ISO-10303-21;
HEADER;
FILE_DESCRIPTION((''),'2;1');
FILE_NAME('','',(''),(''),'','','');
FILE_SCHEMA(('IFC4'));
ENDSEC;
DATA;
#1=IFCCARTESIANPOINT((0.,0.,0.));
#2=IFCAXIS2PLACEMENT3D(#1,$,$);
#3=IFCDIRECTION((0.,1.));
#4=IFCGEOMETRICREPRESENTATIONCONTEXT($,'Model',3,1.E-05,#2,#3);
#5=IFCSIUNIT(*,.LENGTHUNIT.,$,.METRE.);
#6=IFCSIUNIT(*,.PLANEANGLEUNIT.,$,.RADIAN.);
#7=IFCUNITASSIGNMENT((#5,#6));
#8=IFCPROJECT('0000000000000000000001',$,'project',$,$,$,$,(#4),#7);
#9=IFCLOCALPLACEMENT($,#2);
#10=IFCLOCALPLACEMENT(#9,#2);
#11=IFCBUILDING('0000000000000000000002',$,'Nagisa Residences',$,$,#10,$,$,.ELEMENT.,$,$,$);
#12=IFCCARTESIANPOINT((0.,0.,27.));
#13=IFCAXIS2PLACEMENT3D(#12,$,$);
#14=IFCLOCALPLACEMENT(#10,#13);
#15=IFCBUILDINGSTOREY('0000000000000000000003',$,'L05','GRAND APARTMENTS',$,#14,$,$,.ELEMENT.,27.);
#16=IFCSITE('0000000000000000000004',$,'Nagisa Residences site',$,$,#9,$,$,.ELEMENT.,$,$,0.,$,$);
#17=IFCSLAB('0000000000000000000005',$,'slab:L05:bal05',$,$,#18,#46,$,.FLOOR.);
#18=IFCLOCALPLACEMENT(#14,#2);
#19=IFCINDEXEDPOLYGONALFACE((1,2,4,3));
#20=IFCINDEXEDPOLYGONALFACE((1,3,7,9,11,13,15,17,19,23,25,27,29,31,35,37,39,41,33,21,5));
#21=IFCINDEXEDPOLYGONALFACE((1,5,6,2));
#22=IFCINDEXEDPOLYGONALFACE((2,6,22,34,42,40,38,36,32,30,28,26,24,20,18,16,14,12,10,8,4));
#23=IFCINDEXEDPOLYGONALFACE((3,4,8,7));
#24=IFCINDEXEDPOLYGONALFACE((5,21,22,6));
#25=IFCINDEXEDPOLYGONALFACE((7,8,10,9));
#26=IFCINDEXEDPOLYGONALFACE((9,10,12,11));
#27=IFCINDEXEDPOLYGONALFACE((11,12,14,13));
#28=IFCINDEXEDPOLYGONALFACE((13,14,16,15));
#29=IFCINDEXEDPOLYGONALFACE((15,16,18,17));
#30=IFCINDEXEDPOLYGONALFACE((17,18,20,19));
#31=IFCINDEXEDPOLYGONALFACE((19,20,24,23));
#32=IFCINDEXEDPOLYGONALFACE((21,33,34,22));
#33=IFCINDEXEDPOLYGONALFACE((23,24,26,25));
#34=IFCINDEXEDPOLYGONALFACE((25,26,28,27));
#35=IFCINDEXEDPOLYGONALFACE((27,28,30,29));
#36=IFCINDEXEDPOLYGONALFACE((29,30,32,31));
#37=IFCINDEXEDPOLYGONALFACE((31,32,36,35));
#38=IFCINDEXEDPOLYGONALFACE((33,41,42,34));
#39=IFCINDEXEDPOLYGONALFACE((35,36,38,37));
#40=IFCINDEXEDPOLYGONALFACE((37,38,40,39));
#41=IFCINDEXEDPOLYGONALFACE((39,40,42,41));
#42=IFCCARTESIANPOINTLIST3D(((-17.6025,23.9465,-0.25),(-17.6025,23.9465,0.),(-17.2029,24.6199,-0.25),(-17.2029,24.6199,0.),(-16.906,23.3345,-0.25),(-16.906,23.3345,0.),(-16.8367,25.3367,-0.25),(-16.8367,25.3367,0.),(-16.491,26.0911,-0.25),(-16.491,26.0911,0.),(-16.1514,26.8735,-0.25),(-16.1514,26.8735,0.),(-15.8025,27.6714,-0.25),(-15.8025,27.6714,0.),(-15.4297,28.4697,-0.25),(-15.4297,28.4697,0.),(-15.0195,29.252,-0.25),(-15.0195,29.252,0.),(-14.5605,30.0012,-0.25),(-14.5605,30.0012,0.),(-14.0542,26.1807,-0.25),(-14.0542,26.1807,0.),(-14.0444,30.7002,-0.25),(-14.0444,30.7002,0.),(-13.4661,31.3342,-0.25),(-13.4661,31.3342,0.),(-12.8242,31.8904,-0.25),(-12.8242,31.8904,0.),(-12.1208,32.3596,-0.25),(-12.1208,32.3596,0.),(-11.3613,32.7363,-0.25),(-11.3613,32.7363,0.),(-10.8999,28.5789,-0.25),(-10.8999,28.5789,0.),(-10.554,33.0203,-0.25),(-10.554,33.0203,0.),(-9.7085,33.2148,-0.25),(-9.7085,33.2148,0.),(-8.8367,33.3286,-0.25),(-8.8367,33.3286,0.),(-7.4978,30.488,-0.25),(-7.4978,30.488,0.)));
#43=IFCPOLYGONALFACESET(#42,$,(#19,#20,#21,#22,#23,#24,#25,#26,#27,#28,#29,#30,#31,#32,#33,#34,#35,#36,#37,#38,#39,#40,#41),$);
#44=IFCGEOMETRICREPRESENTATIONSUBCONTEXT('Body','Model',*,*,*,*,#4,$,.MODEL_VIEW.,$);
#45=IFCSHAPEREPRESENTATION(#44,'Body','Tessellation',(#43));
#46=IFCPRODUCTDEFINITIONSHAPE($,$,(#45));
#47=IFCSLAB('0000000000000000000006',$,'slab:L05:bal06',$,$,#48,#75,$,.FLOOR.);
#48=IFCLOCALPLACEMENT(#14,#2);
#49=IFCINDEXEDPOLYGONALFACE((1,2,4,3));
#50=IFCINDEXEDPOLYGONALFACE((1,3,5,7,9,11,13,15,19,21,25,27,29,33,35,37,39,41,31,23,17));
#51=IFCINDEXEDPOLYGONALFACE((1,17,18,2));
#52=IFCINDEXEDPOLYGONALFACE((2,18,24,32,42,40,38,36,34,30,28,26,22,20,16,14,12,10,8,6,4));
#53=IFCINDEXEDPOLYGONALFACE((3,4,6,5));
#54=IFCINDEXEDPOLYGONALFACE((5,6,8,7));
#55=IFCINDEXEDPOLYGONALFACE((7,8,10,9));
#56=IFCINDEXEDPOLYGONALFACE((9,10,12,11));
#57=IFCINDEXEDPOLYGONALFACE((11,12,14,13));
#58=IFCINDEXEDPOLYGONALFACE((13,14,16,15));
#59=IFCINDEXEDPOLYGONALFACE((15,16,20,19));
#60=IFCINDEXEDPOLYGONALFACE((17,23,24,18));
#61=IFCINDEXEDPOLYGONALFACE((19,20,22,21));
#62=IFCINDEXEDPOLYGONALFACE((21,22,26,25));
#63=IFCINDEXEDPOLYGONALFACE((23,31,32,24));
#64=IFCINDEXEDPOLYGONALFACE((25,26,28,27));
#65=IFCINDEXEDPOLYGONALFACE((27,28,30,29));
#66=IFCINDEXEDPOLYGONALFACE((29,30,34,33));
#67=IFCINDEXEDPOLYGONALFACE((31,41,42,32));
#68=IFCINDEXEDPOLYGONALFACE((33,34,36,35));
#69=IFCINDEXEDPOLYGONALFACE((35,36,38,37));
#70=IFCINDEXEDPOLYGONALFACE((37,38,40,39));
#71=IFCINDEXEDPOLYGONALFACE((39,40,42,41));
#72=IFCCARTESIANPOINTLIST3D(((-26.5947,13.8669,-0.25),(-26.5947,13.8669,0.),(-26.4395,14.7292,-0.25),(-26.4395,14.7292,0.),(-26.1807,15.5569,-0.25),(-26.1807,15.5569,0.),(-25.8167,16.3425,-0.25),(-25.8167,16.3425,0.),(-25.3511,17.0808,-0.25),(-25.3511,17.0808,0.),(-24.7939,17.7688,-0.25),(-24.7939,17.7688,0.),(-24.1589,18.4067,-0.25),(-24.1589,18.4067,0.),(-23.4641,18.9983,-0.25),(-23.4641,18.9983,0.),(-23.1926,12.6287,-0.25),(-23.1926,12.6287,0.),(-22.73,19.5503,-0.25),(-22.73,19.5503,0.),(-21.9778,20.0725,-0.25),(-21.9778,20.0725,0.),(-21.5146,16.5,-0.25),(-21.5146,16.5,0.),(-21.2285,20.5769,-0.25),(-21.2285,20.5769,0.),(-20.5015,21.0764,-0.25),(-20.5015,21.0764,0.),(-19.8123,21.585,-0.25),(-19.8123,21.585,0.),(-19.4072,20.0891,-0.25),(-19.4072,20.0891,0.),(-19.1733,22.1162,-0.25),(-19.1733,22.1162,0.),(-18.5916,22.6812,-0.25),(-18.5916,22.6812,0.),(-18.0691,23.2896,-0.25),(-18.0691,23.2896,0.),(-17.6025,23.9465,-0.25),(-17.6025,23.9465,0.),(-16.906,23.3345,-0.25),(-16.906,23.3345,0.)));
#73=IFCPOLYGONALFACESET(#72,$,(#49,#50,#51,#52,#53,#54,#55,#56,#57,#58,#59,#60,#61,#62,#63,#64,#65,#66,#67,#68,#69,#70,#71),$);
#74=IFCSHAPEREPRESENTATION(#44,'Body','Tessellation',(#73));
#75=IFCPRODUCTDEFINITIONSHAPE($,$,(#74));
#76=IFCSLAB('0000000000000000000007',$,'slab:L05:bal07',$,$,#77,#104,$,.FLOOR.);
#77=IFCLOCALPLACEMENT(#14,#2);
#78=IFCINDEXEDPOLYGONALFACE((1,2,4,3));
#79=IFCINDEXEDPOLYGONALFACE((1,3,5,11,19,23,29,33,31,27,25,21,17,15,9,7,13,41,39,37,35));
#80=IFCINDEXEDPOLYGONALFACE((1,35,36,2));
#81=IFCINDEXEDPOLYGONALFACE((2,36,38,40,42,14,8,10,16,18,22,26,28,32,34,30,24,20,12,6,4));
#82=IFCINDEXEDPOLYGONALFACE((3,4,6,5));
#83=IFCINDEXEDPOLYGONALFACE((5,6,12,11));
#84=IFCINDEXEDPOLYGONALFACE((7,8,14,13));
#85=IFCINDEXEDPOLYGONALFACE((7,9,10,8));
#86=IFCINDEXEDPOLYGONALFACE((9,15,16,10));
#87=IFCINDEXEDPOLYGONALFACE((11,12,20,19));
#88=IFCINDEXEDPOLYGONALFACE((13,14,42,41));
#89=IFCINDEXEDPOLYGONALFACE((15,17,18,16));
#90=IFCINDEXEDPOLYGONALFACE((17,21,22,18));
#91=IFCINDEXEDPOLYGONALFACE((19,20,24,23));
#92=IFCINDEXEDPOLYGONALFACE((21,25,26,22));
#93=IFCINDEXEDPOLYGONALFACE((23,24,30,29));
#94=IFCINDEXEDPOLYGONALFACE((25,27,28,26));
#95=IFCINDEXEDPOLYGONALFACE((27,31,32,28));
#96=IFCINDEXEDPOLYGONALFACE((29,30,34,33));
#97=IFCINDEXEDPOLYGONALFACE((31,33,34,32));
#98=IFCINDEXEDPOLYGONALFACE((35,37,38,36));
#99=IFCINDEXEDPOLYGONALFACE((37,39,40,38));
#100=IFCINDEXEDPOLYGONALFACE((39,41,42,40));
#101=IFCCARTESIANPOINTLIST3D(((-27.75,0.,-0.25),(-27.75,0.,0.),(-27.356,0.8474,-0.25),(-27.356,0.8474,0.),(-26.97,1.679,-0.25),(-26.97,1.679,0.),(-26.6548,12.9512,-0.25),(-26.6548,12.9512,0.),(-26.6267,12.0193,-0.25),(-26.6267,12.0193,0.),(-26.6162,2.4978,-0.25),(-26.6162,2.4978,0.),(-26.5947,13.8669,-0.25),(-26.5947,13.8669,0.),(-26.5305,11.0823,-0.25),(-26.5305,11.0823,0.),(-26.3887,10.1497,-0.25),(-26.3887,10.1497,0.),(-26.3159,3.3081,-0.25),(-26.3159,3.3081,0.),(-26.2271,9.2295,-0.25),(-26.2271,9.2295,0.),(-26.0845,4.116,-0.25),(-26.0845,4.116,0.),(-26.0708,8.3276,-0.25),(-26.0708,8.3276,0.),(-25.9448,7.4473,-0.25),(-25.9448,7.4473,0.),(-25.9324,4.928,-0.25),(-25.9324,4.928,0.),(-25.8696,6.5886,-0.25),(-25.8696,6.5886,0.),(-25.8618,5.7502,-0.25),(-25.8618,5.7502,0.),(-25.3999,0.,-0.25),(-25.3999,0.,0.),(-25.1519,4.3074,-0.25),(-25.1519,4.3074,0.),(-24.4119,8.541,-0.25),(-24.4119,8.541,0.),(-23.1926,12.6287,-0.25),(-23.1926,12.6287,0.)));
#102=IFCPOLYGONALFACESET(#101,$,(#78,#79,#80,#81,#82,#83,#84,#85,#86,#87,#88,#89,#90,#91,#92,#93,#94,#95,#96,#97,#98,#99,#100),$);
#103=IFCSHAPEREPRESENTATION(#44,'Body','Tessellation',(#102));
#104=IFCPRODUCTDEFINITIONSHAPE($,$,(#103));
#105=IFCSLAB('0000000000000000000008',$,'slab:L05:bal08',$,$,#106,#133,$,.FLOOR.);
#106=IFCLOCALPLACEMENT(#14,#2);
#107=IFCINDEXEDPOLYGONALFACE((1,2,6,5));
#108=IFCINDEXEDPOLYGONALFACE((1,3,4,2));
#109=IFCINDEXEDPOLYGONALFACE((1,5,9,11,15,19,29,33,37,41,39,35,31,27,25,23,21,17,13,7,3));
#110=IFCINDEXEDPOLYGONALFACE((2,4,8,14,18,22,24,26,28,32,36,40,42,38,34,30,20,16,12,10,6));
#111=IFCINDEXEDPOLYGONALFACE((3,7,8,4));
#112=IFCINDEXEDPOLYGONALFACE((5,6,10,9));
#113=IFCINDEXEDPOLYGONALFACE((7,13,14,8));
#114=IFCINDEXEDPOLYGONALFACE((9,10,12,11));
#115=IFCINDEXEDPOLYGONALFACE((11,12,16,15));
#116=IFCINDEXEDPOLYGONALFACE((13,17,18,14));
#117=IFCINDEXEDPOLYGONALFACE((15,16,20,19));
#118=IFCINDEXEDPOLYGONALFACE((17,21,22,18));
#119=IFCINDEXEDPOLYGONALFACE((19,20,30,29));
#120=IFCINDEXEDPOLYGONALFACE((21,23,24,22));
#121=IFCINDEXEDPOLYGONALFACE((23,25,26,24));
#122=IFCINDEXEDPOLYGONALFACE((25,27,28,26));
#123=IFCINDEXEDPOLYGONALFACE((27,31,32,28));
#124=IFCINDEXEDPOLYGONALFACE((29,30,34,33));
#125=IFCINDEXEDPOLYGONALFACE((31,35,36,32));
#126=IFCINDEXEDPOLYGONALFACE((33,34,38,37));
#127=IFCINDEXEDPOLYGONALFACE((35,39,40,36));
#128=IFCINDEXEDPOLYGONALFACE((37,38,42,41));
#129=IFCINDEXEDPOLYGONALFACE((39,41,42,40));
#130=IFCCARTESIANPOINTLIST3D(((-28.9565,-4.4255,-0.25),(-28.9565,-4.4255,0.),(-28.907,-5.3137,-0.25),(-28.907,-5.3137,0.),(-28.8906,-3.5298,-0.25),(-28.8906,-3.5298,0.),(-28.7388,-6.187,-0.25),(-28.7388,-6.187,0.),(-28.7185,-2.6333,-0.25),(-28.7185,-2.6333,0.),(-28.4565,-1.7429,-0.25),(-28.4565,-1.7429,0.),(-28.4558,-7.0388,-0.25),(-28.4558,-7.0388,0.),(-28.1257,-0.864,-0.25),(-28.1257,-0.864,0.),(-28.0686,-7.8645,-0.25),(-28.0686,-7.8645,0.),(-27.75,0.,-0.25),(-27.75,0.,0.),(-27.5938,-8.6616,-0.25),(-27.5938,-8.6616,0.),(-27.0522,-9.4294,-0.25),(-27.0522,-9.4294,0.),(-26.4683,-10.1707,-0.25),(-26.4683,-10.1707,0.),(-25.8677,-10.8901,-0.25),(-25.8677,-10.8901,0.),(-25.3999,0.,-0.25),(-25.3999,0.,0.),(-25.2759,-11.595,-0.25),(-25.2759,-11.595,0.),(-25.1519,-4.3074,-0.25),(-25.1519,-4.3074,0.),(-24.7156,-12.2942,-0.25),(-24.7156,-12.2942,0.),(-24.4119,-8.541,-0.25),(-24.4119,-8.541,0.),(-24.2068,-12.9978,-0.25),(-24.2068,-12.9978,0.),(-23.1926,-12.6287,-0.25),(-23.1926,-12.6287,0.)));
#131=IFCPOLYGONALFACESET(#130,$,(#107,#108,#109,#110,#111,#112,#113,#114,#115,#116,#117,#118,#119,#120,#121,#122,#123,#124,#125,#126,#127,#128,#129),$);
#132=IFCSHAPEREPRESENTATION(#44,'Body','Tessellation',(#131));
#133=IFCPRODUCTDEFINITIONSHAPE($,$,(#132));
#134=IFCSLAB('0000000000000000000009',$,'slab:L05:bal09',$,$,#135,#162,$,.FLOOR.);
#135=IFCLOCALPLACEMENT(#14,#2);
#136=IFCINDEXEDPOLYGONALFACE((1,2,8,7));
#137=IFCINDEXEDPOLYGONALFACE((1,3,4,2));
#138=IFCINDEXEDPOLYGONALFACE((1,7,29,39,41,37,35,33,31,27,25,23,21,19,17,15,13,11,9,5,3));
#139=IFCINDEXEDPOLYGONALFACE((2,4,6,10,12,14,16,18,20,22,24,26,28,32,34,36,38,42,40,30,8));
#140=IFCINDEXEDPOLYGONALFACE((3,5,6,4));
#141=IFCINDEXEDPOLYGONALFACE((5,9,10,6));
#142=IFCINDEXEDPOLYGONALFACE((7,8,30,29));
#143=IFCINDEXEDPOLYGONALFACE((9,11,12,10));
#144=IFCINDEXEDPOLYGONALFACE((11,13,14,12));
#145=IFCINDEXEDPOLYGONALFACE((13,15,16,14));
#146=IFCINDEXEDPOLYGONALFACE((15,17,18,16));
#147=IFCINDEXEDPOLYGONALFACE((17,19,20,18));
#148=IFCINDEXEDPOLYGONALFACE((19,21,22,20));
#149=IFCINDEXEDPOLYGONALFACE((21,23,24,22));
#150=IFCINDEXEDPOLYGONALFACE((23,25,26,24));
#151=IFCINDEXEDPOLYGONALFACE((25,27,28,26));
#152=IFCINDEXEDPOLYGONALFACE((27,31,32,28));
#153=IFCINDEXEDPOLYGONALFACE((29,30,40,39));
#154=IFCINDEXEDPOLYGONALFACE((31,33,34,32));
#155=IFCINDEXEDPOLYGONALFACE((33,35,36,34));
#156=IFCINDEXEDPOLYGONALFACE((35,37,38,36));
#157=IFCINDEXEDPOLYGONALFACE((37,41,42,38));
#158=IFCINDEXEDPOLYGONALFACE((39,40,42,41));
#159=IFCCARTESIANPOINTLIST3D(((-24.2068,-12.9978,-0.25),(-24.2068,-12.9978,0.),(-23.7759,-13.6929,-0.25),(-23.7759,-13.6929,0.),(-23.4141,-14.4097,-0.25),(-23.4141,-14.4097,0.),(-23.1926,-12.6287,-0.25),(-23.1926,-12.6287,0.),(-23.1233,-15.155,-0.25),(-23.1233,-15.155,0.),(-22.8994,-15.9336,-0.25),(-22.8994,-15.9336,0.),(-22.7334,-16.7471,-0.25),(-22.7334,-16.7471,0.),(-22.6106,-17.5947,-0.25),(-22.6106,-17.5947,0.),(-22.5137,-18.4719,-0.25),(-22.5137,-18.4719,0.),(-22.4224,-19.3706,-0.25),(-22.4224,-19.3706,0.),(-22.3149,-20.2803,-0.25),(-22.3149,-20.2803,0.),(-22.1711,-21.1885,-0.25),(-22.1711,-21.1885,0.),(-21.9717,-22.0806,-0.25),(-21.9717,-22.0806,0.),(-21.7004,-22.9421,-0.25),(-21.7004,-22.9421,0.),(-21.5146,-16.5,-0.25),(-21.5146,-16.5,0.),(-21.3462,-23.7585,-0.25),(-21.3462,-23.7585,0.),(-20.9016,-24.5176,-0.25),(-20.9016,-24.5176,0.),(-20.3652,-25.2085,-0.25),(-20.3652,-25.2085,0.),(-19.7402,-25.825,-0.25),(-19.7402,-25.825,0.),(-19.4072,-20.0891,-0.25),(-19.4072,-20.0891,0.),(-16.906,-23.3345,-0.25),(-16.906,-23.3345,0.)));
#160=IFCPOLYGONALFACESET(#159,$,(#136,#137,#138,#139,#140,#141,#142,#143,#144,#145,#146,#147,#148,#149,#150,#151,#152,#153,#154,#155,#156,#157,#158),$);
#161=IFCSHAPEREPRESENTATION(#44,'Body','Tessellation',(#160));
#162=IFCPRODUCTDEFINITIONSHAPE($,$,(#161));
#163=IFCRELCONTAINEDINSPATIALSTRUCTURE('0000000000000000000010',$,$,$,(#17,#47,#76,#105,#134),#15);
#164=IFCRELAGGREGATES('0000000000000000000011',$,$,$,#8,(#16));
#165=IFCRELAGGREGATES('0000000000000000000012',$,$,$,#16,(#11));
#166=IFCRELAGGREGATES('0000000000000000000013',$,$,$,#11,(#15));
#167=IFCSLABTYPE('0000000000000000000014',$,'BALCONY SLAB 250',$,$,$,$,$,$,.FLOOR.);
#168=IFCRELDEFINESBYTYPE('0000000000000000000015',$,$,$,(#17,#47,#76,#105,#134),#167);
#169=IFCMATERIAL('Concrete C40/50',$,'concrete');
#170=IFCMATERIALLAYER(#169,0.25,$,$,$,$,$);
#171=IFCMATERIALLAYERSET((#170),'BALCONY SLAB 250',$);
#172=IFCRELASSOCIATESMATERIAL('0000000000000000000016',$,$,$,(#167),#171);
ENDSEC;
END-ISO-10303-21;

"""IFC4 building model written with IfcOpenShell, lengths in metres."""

from ifc_helpers import new_model, si_unit, direction, frame, origin, place, context, subcontext, project, spatial, polyline, outline, extrude, material, layer, layer_set, type_object, element, save


model = new_model("IFC4")

# Units and contexts
model_context = context("Model", 3, precision=1e-05, world=origin(), true_north=direction((0.0, 1.0)))
body_context = subcontext(model_context, "Body", "Model", "MODEL_VIEW")
ifc_project = project(units=[si_unit("LENGTHUNIT", "METRE"), si_unit("PLANEANGLEUNIT", "RADIAN")], contexts=[model_context])

# Site, building, storey
site_placement = place(None, origin())
site = spatial("IfcSite", under=ifc_project, at=site_placement, Name="Nagisa Residences site", CompositionType="ELEMENT", RefElevation=0.0)
building_placement = place(site_placement, origin())
building = spatial("IfcBuilding", under=site, at=building_placement, Name="Nagisa Residences", CompositionType="ELEMENT")
storey_placement = place(building_placement, frame((0.0, 0.0, 27.0)))
storey = spatial("IfcBuildingStorey", under=building, at=storey_placement, Name="L05", Description="GRAND APARTMENTS", CompositionType="ELEMENT", Elevation=27.0)

# Slabs
ifc_material_1 = material(Name="Concrete C40/50", Category="concrete")
ifc_layer_1 = layer(ifc_material_1, 0.25)
ifc_layer_set_1 = layer_set([ifc_layer_1], Name="BALCONY SLAB 250")
slab_type_1 = type_object("IfcSlabType", Name="BALCONY SLAB 250", PredefinedType="FLOOR", material=ifc_layer_set_1)
slab_1_placement = place(storey_placement, frame((0.0, 0.0, -0.25)))
element("IfcSlab", 1, at=slab_1_placement, inside=storey, type_object=slab_type_1, Name="slab:L05:bal05", PredefinedType="FLOOR", context=body_context, shape_type="SweptSolid", body=[
    extrude(outline(polyline([(-8.8367, 33.3286), (-9.7085, 33.2148), (-10.554, 33.0203), (-11.3613, 32.7363), (-12.1208, 32.3596), (-12.8242, 31.8904), (-13.4661, 31.3342), (-14.0444, 30.7002), (-14.5605, 30.0012), (-15.0195, 29.252), (-15.4297, 28.4697), (-15.8025, 27.6714), (-16.1514, 26.8735), (-16.491, 26.0911), (-16.8367, 25.3367), (-17.2029, 24.6199), (-17.6025, 23.9465), (-16.906, 23.3345), (-14.0542, 26.1807), (-10.8999, 28.5789), (-7.4978, 30.488), (-8.8367, 33.3286)])), origin(), (0.0, 0.0, 1.0), 0.25),
])
slab_2_placement = place(storey_placement, frame((0.0, 0.0, -0.25)))
element("IfcSlab", 2, at=slab_2_placement, inside=storey, type_object=slab_type_1, Name="slab:L05:bal06", PredefinedType="FLOOR", context=body_context, shape_type="SweptSolid", body=[
    extrude(outline(polyline([(-17.6025, 23.9465), (-18.0691, 23.2896), (-18.5916, 22.6812), (-19.1733, 22.1162), (-19.8123, 21.585), (-20.5015, 21.0764), (-21.2285, 20.5769), (-21.9778, 20.0725), (-22.73, 19.5503), (-23.4641, 18.9983), (-24.1589, 18.4067), (-24.7939, 17.7688), (-25.3511, 17.0808), (-25.8167, 16.3425), (-26.1807, 15.5569), (-26.4395, 14.7292), (-26.5947, 13.8669), (-23.1926, 12.6287), (-21.5146, 16.5), (-19.4072, 20.0891), (-16.906, 23.3345), (-17.6025, 23.9465)])), origin(), (0.0, 0.0, 1.0), 0.25),
])
slab_3_placement = place(storey_placement, frame((0.0, 0.0, -0.25)))
element("IfcSlab", 3, at=slab_3_placement, inside=storey, type_object=slab_type_1, Name="slab:L05:bal07", PredefinedType="FLOOR", context=body_context, shape_type="SweptSolid", body=[
    extrude(outline(polyline([(-26.5947, 13.8669), (-26.6548, 12.9512), (-26.6267, 12.0193), (-26.5305, 11.0823), (-26.3887, 10.1497), (-26.2271, 9.2295), (-26.0708, 8.3276), (-25.9448, 7.4473), (-25.8696, 6.5886), (-25.8618, 5.7502), (-25.9324, 4.928), (-26.0845, 4.116), (-26.3159, 3.3081), (-26.6162, 2.4978), (-26.97, 1.679), (-27.356, 0.8474), (-27.75, 0.0), (-25.3999, 0.0), (-25.1519, 4.3074), (-24.4119, 8.541), (-23.1926, 12.6287), (-26.5947, 13.8669)])), origin(), (0.0, 0.0, 1.0), 0.25),
])
slab_4_placement = place(storey_placement, frame((0.0, 0.0, -0.25)))
element("IfcSlab", 4, at=slab_4_placement, inside=storey, type_object=slab_type_1, Name="slab:L05:bal08", PredefinedType="FLOOR", context=body_context, shape_type="SweptSolid", body=[
    extrude(outline(polyline([(-27.75, 0.0), (-28.1257, -0.864), (-28.4565, -1.7429), (-28.7185, -2.6333), (-28.8906, -3.5298), (-28.9565, -4.4255), (-28.907, -5.3137), (-28.7388, -6.187), (-28.4558, -7.0388), (-28.0686, -7.8645), (-27.5938, -8.6616), (-27.0522, -9.4294), (-26.4683, -10.1707), (-25.8677, -10.8901), (-25.2759, -11.595), (-24.7156, -12.2942), (-24.2068, -12.9978), (-23.1926, -12.6287), (-24.4119, -8.541), (-25.1519, -4.3074), (-25.3999, 0.0), (-27.75, 0.0)])), origin(), (0.0, 0.0, 1.0), 0.25),
])
slab_5_placement = place(storey_placement, frame((0.0, 0.0, -0.25)))
element("IfcSlab", 5, at=slab_5_placement, inside=storey, type_object=slab_type_1, Name="slab:L05:bal09", PredefinedType="FLOOR", context=body_context, shape_type="SweptSolid", body=[
    extrude(outline(polyline([(-24.2068, -12.9978), (-23.7759, -13.6929), (-23.4141, -14.4097), (-23.1233, -15.155), (-22.8994, -15.9336), (-22.7334, -16.7471), (-22.6106, -17.5947), (-22.5137, -18.4719), (-22.4224, -19.3706), (-22.3149, -20.2803), (-22.1711, -21.1885), (-21.9717, -22.0806), (-21.7004, -22.9421), (-21.3462, -23.7585), (-20.9016, -24.5176), (-20.3652, -25.2085), (-19.7402, -25.825), (-16.906, -23.3345), (-19.4072, -20.0891), (-21.5146, -16.5), (-23.1926, -12.6287), (-24.2068, -12.9978)])), origin(), (0.0, 0.0, 1.0), 0.25),
])

save(model, "model.ifc")
